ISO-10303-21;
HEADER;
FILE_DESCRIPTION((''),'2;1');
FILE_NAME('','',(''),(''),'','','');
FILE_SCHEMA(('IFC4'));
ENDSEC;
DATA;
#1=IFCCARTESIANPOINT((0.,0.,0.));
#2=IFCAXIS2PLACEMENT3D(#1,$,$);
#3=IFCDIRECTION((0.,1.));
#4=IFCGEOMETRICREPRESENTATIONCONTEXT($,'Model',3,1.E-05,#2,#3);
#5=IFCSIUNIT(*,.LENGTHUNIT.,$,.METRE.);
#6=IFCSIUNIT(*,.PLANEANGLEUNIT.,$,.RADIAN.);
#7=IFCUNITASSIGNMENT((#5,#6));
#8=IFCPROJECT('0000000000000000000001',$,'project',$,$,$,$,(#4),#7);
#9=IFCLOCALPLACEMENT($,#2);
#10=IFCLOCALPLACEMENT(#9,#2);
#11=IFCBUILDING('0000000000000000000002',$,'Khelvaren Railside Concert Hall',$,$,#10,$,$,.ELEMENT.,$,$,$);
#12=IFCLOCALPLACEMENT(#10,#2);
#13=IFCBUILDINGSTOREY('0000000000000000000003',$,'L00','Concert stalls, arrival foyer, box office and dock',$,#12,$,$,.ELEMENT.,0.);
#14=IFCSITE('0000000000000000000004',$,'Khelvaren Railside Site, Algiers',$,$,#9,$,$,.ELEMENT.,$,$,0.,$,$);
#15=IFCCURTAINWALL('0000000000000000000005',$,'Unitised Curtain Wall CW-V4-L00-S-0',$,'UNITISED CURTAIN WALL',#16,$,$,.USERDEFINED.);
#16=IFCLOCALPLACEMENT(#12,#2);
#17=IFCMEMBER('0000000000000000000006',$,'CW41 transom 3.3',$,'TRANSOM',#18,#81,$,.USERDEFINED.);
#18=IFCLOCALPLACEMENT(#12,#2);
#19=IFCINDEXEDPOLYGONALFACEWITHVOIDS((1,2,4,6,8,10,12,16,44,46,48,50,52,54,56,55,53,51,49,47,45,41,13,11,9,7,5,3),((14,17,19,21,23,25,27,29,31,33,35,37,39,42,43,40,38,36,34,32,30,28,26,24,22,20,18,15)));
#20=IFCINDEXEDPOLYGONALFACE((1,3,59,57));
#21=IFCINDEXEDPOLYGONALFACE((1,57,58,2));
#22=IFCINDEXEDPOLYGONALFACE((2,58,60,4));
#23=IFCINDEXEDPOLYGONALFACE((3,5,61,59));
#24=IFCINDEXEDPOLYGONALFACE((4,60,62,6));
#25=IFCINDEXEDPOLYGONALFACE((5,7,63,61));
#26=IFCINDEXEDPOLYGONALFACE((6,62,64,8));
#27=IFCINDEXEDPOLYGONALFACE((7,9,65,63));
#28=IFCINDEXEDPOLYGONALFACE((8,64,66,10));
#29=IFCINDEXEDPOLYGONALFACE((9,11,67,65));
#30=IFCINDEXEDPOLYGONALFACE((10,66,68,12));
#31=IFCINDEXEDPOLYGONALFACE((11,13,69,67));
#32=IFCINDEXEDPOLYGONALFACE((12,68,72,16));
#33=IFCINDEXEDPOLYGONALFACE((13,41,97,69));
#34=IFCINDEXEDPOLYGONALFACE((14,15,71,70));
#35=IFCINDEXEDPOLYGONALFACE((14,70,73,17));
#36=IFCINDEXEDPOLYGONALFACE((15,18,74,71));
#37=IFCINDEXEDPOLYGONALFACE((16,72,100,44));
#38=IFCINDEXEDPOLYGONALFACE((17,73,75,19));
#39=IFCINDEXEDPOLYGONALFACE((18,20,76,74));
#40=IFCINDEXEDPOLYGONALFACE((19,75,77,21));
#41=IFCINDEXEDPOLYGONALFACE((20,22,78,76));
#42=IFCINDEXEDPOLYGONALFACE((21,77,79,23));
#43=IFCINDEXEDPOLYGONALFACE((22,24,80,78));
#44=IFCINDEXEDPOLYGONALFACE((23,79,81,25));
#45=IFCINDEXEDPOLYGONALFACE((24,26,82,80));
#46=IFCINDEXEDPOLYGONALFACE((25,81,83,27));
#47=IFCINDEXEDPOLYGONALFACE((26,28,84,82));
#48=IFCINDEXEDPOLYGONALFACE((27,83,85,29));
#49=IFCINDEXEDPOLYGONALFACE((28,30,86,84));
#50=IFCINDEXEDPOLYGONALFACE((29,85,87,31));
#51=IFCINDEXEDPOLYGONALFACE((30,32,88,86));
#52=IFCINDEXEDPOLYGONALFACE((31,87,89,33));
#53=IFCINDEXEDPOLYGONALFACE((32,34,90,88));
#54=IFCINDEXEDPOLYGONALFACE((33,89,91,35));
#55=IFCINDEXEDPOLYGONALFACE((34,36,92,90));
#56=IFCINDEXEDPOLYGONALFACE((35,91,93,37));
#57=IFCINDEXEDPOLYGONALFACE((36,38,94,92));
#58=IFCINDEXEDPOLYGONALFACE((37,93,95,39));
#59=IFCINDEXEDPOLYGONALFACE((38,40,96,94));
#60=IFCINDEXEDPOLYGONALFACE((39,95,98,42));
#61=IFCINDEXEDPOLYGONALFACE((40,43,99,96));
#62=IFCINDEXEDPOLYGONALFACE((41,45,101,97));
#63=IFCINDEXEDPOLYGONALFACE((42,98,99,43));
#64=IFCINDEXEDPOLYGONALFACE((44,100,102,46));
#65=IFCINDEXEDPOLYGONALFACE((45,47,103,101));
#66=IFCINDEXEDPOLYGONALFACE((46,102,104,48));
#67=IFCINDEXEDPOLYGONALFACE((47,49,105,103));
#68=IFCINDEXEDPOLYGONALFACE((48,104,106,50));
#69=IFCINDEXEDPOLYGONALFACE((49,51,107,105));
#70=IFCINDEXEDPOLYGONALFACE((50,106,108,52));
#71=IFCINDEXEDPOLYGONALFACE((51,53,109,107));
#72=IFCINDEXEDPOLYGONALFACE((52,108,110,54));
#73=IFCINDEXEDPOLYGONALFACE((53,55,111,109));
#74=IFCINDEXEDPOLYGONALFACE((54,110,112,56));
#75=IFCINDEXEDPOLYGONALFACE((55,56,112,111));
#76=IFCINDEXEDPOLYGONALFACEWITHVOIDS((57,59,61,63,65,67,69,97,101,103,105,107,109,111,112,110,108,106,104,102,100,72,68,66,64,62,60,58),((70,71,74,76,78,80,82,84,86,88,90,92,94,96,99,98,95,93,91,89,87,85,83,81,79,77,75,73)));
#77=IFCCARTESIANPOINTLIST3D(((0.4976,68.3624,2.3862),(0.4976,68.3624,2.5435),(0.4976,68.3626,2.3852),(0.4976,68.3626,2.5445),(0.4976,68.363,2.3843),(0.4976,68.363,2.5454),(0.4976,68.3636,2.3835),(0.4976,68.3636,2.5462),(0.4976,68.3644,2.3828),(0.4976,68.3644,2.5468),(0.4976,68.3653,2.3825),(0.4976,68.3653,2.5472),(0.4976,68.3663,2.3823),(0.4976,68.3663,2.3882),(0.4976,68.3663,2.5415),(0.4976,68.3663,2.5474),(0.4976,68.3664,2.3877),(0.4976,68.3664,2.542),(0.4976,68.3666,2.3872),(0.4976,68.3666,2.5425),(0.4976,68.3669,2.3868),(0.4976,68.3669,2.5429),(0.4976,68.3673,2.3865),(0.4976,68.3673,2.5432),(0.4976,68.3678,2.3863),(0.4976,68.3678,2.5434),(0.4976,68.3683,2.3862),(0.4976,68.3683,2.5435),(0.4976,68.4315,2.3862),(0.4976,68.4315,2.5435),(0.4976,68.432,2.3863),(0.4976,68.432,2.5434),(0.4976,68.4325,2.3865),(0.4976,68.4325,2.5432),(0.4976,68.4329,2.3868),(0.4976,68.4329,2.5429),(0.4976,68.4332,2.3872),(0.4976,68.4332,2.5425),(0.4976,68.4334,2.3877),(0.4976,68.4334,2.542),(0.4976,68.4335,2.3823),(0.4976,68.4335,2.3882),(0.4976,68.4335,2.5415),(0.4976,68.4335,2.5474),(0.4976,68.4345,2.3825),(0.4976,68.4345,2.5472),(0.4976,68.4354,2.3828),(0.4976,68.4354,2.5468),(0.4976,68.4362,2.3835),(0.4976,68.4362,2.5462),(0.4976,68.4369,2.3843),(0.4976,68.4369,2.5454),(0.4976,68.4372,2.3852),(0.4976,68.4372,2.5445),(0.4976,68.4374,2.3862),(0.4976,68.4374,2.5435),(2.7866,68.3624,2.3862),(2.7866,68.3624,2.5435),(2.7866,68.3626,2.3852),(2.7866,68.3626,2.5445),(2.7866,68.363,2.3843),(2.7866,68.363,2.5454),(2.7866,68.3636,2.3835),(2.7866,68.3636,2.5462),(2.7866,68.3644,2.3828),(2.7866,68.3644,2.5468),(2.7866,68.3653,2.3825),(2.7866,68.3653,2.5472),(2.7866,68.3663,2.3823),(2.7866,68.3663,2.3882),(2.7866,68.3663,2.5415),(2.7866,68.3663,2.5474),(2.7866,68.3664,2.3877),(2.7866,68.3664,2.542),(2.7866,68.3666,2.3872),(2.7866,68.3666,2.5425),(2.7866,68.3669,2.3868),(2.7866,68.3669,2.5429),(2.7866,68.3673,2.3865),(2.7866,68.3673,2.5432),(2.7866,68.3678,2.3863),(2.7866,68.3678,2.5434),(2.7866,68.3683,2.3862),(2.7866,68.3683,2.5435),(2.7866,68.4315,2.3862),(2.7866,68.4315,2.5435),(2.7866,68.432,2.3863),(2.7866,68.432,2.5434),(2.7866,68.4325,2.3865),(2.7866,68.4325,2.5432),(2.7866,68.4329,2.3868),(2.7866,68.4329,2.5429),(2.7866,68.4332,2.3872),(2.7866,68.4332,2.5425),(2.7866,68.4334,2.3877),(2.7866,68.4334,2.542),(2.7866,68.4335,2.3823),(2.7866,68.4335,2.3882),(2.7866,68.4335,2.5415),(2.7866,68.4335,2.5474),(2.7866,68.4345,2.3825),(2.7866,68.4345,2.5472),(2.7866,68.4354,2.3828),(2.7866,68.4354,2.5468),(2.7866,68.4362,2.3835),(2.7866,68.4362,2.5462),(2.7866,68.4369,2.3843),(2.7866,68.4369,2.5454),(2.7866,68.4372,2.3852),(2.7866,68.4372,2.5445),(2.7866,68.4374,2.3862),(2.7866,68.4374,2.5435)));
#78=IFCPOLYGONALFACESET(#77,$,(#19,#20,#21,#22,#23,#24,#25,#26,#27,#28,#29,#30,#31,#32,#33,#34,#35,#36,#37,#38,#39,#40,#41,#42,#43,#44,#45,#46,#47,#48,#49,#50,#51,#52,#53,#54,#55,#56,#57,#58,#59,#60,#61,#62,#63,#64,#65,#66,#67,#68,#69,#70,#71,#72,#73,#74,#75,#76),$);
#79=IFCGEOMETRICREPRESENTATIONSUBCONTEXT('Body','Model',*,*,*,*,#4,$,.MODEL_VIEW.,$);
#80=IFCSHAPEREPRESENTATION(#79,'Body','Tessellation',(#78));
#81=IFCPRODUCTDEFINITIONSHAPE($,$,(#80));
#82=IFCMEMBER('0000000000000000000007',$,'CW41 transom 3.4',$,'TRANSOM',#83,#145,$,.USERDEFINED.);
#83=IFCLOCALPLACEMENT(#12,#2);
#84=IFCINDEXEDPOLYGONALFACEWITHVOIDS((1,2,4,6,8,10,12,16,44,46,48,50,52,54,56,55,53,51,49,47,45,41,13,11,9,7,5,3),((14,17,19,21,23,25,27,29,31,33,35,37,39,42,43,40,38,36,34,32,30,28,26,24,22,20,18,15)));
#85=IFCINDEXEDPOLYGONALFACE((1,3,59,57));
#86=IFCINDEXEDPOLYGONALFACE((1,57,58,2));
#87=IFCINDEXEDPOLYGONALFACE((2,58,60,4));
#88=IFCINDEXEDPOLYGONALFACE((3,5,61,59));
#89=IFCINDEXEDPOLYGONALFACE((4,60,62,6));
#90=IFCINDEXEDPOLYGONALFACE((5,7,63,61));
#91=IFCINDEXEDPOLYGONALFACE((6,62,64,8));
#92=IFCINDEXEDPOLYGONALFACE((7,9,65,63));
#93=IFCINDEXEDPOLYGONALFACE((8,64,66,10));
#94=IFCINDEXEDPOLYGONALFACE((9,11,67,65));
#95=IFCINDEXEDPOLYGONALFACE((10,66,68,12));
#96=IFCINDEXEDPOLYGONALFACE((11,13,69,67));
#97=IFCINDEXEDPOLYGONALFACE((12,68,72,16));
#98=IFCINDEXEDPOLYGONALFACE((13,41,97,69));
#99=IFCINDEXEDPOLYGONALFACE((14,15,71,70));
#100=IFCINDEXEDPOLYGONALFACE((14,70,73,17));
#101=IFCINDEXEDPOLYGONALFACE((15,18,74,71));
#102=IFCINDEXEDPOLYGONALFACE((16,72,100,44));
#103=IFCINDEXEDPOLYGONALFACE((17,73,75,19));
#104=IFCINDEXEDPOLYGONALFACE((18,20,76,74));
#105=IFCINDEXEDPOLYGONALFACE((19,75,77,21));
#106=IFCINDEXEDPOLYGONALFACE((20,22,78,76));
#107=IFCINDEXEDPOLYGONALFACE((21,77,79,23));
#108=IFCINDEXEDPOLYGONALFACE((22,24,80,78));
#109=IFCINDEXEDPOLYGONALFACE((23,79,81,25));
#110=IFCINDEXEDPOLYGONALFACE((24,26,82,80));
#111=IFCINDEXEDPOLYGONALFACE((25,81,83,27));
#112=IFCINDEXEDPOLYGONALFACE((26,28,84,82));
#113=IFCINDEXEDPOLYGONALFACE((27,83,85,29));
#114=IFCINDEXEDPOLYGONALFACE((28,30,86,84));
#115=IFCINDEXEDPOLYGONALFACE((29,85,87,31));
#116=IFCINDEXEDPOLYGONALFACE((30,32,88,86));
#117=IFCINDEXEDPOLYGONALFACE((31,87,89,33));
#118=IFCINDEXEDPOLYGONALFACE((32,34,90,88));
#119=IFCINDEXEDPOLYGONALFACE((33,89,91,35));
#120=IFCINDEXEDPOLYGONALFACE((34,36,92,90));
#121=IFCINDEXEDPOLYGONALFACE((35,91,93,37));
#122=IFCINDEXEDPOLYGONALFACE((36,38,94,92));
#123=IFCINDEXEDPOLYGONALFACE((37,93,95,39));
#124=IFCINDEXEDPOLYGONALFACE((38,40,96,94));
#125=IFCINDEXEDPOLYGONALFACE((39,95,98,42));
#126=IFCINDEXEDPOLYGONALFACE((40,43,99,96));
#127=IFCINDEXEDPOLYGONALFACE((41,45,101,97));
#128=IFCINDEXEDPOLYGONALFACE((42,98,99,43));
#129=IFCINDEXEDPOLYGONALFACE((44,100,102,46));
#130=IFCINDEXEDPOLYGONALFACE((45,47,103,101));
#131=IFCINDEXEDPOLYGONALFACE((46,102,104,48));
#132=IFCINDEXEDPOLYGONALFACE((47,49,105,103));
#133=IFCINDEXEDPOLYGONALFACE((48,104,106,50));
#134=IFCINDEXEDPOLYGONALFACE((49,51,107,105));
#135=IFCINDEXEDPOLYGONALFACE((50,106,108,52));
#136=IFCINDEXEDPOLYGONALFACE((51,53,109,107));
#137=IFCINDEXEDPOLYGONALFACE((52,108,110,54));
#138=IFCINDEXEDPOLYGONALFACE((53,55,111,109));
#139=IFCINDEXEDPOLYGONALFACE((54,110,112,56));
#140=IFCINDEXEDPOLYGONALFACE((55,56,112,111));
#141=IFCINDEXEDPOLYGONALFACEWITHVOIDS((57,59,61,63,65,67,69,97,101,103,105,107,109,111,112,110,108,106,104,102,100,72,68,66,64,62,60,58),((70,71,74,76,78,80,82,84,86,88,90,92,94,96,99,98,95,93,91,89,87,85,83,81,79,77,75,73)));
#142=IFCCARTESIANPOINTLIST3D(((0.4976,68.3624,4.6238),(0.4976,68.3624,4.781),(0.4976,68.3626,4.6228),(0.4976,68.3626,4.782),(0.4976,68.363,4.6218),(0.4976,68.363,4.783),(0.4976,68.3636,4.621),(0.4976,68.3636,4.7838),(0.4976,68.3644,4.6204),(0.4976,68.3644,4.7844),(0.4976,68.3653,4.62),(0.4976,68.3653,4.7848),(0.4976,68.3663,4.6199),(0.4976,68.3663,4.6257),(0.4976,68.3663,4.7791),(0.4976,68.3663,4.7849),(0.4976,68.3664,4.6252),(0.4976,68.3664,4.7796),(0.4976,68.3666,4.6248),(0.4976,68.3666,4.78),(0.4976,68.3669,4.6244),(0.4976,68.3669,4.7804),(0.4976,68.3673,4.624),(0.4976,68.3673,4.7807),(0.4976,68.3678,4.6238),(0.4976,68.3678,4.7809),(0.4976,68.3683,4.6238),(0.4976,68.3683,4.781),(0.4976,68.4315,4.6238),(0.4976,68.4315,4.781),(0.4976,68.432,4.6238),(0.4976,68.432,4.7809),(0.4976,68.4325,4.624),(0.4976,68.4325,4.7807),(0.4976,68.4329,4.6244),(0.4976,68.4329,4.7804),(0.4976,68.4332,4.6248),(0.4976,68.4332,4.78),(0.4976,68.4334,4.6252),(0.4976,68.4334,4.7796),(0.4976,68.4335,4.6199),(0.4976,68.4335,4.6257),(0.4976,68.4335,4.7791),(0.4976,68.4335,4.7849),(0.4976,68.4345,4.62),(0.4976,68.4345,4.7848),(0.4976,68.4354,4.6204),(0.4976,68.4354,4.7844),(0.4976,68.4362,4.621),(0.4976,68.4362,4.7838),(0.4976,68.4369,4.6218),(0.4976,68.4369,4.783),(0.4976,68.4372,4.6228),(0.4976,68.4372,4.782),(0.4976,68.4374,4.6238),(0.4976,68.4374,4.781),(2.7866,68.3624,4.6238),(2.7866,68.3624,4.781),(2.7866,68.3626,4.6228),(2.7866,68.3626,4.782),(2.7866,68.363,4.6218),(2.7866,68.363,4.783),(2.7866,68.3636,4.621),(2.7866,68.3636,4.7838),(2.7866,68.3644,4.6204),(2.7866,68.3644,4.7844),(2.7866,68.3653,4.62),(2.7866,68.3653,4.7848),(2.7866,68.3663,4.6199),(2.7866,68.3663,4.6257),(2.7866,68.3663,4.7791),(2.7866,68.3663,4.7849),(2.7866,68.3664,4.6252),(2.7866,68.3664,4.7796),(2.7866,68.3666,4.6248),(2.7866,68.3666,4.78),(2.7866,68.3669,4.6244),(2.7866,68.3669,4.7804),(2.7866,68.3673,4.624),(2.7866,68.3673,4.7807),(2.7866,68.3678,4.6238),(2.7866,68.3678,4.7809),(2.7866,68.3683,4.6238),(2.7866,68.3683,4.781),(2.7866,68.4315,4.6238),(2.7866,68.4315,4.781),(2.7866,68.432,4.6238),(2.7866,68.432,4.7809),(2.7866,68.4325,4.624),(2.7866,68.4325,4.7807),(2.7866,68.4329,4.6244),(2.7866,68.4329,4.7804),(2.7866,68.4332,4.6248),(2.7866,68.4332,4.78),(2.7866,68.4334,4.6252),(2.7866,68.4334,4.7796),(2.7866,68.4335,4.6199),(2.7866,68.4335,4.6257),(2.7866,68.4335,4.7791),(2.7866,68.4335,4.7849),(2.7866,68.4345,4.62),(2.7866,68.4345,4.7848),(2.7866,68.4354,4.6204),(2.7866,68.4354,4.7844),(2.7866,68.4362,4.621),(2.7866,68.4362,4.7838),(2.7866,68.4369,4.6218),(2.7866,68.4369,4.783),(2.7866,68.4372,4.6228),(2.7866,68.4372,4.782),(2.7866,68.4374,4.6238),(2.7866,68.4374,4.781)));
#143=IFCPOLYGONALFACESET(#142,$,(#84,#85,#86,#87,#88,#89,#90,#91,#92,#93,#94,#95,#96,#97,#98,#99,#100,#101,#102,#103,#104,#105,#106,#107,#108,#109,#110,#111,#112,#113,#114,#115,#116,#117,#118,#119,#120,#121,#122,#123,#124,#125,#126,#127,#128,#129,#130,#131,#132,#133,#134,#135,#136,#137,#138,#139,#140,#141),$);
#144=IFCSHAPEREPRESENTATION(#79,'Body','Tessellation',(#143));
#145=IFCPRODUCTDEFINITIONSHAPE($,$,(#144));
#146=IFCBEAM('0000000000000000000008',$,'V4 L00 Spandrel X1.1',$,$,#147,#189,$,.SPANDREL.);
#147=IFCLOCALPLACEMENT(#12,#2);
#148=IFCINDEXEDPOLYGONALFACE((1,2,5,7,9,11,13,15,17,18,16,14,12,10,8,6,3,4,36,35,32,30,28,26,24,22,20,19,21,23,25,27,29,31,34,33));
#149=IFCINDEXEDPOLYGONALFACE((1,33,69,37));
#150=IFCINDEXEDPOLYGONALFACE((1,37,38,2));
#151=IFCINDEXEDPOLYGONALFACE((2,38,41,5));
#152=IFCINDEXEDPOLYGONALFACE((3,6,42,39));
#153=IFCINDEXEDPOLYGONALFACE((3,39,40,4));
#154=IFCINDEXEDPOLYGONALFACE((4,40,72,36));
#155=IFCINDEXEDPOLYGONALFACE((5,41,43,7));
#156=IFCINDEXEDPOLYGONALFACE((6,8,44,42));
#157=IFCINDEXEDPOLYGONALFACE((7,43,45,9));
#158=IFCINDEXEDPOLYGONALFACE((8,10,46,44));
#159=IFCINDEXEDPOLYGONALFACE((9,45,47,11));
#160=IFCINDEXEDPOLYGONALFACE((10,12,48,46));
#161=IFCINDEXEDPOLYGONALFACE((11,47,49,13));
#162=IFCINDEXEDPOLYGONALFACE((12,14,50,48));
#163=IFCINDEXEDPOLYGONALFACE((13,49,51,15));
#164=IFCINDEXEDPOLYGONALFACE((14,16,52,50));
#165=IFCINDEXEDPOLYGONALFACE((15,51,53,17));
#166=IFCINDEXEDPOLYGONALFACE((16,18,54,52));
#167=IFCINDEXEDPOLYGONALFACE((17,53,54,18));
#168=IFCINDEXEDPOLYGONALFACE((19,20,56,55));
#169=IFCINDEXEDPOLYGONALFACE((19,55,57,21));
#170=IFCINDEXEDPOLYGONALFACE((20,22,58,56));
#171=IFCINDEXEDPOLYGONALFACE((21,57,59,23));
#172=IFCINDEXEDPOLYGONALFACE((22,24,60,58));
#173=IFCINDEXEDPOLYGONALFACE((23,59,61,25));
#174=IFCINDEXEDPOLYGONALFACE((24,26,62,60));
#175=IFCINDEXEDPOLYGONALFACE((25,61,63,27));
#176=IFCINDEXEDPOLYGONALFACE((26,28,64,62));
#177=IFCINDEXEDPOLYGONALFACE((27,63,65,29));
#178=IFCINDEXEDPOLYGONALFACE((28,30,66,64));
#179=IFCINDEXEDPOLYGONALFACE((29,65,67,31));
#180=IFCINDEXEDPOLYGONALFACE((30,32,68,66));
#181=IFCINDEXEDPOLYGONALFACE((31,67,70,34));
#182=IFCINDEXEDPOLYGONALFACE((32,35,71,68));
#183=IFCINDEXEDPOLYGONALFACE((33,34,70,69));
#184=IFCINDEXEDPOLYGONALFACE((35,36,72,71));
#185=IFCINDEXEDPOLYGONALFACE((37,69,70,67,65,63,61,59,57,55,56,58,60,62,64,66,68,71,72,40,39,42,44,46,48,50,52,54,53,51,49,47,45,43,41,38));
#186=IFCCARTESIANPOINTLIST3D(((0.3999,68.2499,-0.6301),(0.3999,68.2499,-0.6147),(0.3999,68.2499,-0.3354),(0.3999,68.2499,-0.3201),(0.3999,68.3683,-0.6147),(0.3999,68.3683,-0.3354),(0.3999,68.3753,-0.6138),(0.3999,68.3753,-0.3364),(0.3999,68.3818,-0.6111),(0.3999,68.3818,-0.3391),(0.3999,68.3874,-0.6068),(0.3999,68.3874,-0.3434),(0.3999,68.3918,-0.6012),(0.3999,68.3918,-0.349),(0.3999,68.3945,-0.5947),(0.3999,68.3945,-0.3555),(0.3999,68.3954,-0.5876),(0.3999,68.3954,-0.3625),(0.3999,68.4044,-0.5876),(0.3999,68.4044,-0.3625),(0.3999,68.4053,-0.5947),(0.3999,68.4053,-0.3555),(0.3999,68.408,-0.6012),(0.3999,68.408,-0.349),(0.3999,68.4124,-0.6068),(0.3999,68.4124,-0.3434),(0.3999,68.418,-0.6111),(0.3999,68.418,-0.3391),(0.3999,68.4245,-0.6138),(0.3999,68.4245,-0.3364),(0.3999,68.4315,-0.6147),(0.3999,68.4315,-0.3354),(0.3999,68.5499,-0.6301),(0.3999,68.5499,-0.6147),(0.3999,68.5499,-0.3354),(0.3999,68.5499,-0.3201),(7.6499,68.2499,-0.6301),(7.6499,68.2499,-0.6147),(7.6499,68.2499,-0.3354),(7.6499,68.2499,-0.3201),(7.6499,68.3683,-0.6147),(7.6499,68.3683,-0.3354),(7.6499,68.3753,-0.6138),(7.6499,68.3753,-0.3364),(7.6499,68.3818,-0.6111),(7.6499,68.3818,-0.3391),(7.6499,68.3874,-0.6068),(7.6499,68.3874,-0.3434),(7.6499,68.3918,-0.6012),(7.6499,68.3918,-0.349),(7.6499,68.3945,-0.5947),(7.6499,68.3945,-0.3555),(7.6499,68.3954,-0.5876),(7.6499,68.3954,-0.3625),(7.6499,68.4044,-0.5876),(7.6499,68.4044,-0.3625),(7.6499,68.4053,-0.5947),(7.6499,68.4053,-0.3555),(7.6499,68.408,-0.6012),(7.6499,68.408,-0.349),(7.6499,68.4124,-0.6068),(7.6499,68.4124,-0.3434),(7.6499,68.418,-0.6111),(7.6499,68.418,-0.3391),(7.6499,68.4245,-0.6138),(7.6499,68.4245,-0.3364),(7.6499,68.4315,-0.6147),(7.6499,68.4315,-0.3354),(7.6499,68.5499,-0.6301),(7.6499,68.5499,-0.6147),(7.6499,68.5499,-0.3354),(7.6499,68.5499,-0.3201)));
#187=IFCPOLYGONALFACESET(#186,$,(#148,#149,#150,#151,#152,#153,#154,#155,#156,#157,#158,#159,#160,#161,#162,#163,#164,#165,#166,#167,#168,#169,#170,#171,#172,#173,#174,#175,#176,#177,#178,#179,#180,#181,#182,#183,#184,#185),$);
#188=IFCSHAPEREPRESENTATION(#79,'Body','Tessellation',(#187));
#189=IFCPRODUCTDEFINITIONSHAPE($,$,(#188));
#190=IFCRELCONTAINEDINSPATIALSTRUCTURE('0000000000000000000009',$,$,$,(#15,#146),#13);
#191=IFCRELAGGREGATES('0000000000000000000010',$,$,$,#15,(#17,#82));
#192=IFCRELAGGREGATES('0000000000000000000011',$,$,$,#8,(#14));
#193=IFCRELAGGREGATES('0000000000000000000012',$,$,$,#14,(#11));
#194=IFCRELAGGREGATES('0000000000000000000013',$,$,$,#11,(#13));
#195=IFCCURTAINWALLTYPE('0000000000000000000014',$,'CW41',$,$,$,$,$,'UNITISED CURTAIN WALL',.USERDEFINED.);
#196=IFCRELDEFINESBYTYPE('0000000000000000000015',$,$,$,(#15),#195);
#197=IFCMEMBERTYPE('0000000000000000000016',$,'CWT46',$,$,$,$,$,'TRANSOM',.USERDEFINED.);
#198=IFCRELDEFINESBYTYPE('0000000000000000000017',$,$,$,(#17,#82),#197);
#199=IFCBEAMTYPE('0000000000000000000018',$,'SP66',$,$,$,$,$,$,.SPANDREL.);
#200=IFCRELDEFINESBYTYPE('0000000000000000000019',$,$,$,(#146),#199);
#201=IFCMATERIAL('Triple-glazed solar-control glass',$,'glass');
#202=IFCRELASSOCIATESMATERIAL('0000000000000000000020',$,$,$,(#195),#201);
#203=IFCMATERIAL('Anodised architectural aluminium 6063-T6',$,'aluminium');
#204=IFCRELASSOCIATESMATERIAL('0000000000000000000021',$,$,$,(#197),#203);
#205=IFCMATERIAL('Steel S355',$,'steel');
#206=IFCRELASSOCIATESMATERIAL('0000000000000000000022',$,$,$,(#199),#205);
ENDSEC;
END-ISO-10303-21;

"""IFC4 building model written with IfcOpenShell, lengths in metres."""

from ifc_helpers import new_model, si_unit, direction, frame, origin, origin_2d, place, context, subcontext, project, spatial, hollow_rectangle, i_section, extrude, material, material_profile, profile_set, type_object, element, aggregate, save


model = new_model("IFC4")

# Units and contexts
model_context = context("Model", 3, precision=1e-05, world=origin(), true_north=direction((0.0, 1.0)))
body_context = subcontext(model_context, "Body", "Model", "MODEL_VIEW")
ifc_project = project(units=[si_unit("LENGTHUNIT", "METRE"), si_unit("PLANEANGLEUNIT", "RADIAN")], contexts=[model_context])

# Site, building, storey
site_placement = place(None, origin())
site = spatial("IfcSite", under=ifc_project, at=site_placement, Name="Khelvaren Railside Site, Algiers", CompositionType="ELEMENT", RefElevation=0.0)
building_placement = place(site_placement, origin())
building = spatial("IfcBuilding", under=site, at=building_placement, Name="Khelvaren Railside Concert Hall", CompositionType="ELEMENT")
storey_placement = place(building_placement, origin())
storey = spatial("IfcBuildingStorey", under=building, at=storey_placement, Name="L00", Description="Concert stalls, arrival foyer, box office and dock", CompositionType="ELEMENT", Elevation=0.0)

# Shared definitions
ifc_material_1 = material(Name="Steel S355", Category="steel")

# Curtain wall, members
ifc_material_2 = material(Name="Triple-glazed solar-control glass", Category="glass")
curtain_wall_type = type_object("IfcCurtainWallType", Name="CW41", ElementType="UNITISED CURTAIN WALL", PredefinedType="USERDEFINED", material=ifc_material_2)
curtain_wall_placement = place(storey_placement, origin())
curtain_wall = element("IfcCurtainWall", 1, at=curtain_wall_placement, inside=storey, type_object=curtain_wall_type, Name="Unitised Curtain Wall CW-V4-L00-S-0", ObjectType="UNITISED CURTAIN WALL", PredefinedType="USERDEFINED")
ifc_material_3 = material(Name="Anodised architectural aluminium 6063-T6", Category="aluminium")
ifc_material_profile_1 = material_profile(ifc_material_3, hollow_rectangle(XDim=0.075, YDim=0.165, WallThickness=0.0039, InnerFilletRadius=0.002, OuterFilletRadius=0.0039, at=origin_2d()), Name="CWT 75x165x4")
ifc_profile_set_1 = profile_set([ifc_material_profile_1], Name="Anodised architectural aluminium 6063-T6")
member_type_1 = type_object("IfcMemberType", Name="CWT46", ElementType="TRANSOM", PredefinedType="USERDEFINED", material=ifc_profile_set_1)
member_1_placement = place(storey_placement, frame((2.7866, 68.3999, 2.4648), z_axis=(-1.0, 0.0, 0.0), x_axis=(0.0, -1.0, 0.0)))
member_1 = element("IfcMember", 2, at=member_1_placement, type_object=member_type_1, Name="CW41 transom 3.3", ObjectType="TRANSOM", PredefinedType="USERDEFINED", context=body_context, shape_type="SweptSolid", body=[
    extrude(hollow_rectangle(XDim=0.075, YDim=0.165, WallThickness=0.0039, InnerFilletRadius=0.002, OuterFilletRadius=0.0039, at=origin_2d()), origin(), (0.0, 0.0, 1.0), 2.2891),
])
member_2_placement = place(storey_placement, frame((2.7866, 68.3999, 4.7024), z_axis=(-1.0, 0.0, 0.0), x_axis=(0.0, -1.0, 0.0)))
member_2 = element("IfcMember", 3, at=member_2_placement, type_object=member_type_1, Name="CW41 transom 3.4", ObjectType="TRANSOM", PredefinedType="USERDEFINED", context=body_context, shape_type="SweptSolid", body=[
    extrude(hollow_rectangle(XDim=0.075, YDim=0.165, WallThickness=0.0039, InnerFilletRadius=0.002, OuterFilletRadius=0.0039, at=origin_2d()), origin(), (0.0, 0.0, 1.0), 2.2891),
])

# Beam
ifc_material_profile_2 = material_profile(ifc_material_1, i_section(OverallWidth=0.3, OverallDepth=0.3101, WebThickness=0.009, FlangeThickness=0.0154, FilletRadius=0.0271, at=origin_2d()), Name="HEA 320")
ifc_profile_set_2 = profile_set([ifc_material_profile_2], Name="Steel S355")
beam_type = type_object("IfcBeamType", Name="SP66", PredefinedType="SPANDREL", material=ifc_profile_set_2)
beam_placement = place(storey_placement, frame((0.3999, 68.3999, -0.4751), z_axis=(1.0, 0.0, 0.0), x_axis=(0.0, 1.0, 0.0)))
element("IfcBeam", 4, at=beam_placement, inside=storey, type_object=beam_type, Name="V4 L00 Spandrel X1.1", PredefinedType="SPANDREL", context=body_context, shape_type="SweptSolid", body=[
    extrude(i_section(OverallWidth=0.3, OverallDepth=0.3101, WebThickness=0.009, FlangeThickness=0.0154, FilletRadius=0.0271, at=origin_2d()), origin(), (0.0, 0.0, 1.0), 7.25),
])

aggregate(curtain_wall, [member_1, member_2])

save(model, "model.ifc")
